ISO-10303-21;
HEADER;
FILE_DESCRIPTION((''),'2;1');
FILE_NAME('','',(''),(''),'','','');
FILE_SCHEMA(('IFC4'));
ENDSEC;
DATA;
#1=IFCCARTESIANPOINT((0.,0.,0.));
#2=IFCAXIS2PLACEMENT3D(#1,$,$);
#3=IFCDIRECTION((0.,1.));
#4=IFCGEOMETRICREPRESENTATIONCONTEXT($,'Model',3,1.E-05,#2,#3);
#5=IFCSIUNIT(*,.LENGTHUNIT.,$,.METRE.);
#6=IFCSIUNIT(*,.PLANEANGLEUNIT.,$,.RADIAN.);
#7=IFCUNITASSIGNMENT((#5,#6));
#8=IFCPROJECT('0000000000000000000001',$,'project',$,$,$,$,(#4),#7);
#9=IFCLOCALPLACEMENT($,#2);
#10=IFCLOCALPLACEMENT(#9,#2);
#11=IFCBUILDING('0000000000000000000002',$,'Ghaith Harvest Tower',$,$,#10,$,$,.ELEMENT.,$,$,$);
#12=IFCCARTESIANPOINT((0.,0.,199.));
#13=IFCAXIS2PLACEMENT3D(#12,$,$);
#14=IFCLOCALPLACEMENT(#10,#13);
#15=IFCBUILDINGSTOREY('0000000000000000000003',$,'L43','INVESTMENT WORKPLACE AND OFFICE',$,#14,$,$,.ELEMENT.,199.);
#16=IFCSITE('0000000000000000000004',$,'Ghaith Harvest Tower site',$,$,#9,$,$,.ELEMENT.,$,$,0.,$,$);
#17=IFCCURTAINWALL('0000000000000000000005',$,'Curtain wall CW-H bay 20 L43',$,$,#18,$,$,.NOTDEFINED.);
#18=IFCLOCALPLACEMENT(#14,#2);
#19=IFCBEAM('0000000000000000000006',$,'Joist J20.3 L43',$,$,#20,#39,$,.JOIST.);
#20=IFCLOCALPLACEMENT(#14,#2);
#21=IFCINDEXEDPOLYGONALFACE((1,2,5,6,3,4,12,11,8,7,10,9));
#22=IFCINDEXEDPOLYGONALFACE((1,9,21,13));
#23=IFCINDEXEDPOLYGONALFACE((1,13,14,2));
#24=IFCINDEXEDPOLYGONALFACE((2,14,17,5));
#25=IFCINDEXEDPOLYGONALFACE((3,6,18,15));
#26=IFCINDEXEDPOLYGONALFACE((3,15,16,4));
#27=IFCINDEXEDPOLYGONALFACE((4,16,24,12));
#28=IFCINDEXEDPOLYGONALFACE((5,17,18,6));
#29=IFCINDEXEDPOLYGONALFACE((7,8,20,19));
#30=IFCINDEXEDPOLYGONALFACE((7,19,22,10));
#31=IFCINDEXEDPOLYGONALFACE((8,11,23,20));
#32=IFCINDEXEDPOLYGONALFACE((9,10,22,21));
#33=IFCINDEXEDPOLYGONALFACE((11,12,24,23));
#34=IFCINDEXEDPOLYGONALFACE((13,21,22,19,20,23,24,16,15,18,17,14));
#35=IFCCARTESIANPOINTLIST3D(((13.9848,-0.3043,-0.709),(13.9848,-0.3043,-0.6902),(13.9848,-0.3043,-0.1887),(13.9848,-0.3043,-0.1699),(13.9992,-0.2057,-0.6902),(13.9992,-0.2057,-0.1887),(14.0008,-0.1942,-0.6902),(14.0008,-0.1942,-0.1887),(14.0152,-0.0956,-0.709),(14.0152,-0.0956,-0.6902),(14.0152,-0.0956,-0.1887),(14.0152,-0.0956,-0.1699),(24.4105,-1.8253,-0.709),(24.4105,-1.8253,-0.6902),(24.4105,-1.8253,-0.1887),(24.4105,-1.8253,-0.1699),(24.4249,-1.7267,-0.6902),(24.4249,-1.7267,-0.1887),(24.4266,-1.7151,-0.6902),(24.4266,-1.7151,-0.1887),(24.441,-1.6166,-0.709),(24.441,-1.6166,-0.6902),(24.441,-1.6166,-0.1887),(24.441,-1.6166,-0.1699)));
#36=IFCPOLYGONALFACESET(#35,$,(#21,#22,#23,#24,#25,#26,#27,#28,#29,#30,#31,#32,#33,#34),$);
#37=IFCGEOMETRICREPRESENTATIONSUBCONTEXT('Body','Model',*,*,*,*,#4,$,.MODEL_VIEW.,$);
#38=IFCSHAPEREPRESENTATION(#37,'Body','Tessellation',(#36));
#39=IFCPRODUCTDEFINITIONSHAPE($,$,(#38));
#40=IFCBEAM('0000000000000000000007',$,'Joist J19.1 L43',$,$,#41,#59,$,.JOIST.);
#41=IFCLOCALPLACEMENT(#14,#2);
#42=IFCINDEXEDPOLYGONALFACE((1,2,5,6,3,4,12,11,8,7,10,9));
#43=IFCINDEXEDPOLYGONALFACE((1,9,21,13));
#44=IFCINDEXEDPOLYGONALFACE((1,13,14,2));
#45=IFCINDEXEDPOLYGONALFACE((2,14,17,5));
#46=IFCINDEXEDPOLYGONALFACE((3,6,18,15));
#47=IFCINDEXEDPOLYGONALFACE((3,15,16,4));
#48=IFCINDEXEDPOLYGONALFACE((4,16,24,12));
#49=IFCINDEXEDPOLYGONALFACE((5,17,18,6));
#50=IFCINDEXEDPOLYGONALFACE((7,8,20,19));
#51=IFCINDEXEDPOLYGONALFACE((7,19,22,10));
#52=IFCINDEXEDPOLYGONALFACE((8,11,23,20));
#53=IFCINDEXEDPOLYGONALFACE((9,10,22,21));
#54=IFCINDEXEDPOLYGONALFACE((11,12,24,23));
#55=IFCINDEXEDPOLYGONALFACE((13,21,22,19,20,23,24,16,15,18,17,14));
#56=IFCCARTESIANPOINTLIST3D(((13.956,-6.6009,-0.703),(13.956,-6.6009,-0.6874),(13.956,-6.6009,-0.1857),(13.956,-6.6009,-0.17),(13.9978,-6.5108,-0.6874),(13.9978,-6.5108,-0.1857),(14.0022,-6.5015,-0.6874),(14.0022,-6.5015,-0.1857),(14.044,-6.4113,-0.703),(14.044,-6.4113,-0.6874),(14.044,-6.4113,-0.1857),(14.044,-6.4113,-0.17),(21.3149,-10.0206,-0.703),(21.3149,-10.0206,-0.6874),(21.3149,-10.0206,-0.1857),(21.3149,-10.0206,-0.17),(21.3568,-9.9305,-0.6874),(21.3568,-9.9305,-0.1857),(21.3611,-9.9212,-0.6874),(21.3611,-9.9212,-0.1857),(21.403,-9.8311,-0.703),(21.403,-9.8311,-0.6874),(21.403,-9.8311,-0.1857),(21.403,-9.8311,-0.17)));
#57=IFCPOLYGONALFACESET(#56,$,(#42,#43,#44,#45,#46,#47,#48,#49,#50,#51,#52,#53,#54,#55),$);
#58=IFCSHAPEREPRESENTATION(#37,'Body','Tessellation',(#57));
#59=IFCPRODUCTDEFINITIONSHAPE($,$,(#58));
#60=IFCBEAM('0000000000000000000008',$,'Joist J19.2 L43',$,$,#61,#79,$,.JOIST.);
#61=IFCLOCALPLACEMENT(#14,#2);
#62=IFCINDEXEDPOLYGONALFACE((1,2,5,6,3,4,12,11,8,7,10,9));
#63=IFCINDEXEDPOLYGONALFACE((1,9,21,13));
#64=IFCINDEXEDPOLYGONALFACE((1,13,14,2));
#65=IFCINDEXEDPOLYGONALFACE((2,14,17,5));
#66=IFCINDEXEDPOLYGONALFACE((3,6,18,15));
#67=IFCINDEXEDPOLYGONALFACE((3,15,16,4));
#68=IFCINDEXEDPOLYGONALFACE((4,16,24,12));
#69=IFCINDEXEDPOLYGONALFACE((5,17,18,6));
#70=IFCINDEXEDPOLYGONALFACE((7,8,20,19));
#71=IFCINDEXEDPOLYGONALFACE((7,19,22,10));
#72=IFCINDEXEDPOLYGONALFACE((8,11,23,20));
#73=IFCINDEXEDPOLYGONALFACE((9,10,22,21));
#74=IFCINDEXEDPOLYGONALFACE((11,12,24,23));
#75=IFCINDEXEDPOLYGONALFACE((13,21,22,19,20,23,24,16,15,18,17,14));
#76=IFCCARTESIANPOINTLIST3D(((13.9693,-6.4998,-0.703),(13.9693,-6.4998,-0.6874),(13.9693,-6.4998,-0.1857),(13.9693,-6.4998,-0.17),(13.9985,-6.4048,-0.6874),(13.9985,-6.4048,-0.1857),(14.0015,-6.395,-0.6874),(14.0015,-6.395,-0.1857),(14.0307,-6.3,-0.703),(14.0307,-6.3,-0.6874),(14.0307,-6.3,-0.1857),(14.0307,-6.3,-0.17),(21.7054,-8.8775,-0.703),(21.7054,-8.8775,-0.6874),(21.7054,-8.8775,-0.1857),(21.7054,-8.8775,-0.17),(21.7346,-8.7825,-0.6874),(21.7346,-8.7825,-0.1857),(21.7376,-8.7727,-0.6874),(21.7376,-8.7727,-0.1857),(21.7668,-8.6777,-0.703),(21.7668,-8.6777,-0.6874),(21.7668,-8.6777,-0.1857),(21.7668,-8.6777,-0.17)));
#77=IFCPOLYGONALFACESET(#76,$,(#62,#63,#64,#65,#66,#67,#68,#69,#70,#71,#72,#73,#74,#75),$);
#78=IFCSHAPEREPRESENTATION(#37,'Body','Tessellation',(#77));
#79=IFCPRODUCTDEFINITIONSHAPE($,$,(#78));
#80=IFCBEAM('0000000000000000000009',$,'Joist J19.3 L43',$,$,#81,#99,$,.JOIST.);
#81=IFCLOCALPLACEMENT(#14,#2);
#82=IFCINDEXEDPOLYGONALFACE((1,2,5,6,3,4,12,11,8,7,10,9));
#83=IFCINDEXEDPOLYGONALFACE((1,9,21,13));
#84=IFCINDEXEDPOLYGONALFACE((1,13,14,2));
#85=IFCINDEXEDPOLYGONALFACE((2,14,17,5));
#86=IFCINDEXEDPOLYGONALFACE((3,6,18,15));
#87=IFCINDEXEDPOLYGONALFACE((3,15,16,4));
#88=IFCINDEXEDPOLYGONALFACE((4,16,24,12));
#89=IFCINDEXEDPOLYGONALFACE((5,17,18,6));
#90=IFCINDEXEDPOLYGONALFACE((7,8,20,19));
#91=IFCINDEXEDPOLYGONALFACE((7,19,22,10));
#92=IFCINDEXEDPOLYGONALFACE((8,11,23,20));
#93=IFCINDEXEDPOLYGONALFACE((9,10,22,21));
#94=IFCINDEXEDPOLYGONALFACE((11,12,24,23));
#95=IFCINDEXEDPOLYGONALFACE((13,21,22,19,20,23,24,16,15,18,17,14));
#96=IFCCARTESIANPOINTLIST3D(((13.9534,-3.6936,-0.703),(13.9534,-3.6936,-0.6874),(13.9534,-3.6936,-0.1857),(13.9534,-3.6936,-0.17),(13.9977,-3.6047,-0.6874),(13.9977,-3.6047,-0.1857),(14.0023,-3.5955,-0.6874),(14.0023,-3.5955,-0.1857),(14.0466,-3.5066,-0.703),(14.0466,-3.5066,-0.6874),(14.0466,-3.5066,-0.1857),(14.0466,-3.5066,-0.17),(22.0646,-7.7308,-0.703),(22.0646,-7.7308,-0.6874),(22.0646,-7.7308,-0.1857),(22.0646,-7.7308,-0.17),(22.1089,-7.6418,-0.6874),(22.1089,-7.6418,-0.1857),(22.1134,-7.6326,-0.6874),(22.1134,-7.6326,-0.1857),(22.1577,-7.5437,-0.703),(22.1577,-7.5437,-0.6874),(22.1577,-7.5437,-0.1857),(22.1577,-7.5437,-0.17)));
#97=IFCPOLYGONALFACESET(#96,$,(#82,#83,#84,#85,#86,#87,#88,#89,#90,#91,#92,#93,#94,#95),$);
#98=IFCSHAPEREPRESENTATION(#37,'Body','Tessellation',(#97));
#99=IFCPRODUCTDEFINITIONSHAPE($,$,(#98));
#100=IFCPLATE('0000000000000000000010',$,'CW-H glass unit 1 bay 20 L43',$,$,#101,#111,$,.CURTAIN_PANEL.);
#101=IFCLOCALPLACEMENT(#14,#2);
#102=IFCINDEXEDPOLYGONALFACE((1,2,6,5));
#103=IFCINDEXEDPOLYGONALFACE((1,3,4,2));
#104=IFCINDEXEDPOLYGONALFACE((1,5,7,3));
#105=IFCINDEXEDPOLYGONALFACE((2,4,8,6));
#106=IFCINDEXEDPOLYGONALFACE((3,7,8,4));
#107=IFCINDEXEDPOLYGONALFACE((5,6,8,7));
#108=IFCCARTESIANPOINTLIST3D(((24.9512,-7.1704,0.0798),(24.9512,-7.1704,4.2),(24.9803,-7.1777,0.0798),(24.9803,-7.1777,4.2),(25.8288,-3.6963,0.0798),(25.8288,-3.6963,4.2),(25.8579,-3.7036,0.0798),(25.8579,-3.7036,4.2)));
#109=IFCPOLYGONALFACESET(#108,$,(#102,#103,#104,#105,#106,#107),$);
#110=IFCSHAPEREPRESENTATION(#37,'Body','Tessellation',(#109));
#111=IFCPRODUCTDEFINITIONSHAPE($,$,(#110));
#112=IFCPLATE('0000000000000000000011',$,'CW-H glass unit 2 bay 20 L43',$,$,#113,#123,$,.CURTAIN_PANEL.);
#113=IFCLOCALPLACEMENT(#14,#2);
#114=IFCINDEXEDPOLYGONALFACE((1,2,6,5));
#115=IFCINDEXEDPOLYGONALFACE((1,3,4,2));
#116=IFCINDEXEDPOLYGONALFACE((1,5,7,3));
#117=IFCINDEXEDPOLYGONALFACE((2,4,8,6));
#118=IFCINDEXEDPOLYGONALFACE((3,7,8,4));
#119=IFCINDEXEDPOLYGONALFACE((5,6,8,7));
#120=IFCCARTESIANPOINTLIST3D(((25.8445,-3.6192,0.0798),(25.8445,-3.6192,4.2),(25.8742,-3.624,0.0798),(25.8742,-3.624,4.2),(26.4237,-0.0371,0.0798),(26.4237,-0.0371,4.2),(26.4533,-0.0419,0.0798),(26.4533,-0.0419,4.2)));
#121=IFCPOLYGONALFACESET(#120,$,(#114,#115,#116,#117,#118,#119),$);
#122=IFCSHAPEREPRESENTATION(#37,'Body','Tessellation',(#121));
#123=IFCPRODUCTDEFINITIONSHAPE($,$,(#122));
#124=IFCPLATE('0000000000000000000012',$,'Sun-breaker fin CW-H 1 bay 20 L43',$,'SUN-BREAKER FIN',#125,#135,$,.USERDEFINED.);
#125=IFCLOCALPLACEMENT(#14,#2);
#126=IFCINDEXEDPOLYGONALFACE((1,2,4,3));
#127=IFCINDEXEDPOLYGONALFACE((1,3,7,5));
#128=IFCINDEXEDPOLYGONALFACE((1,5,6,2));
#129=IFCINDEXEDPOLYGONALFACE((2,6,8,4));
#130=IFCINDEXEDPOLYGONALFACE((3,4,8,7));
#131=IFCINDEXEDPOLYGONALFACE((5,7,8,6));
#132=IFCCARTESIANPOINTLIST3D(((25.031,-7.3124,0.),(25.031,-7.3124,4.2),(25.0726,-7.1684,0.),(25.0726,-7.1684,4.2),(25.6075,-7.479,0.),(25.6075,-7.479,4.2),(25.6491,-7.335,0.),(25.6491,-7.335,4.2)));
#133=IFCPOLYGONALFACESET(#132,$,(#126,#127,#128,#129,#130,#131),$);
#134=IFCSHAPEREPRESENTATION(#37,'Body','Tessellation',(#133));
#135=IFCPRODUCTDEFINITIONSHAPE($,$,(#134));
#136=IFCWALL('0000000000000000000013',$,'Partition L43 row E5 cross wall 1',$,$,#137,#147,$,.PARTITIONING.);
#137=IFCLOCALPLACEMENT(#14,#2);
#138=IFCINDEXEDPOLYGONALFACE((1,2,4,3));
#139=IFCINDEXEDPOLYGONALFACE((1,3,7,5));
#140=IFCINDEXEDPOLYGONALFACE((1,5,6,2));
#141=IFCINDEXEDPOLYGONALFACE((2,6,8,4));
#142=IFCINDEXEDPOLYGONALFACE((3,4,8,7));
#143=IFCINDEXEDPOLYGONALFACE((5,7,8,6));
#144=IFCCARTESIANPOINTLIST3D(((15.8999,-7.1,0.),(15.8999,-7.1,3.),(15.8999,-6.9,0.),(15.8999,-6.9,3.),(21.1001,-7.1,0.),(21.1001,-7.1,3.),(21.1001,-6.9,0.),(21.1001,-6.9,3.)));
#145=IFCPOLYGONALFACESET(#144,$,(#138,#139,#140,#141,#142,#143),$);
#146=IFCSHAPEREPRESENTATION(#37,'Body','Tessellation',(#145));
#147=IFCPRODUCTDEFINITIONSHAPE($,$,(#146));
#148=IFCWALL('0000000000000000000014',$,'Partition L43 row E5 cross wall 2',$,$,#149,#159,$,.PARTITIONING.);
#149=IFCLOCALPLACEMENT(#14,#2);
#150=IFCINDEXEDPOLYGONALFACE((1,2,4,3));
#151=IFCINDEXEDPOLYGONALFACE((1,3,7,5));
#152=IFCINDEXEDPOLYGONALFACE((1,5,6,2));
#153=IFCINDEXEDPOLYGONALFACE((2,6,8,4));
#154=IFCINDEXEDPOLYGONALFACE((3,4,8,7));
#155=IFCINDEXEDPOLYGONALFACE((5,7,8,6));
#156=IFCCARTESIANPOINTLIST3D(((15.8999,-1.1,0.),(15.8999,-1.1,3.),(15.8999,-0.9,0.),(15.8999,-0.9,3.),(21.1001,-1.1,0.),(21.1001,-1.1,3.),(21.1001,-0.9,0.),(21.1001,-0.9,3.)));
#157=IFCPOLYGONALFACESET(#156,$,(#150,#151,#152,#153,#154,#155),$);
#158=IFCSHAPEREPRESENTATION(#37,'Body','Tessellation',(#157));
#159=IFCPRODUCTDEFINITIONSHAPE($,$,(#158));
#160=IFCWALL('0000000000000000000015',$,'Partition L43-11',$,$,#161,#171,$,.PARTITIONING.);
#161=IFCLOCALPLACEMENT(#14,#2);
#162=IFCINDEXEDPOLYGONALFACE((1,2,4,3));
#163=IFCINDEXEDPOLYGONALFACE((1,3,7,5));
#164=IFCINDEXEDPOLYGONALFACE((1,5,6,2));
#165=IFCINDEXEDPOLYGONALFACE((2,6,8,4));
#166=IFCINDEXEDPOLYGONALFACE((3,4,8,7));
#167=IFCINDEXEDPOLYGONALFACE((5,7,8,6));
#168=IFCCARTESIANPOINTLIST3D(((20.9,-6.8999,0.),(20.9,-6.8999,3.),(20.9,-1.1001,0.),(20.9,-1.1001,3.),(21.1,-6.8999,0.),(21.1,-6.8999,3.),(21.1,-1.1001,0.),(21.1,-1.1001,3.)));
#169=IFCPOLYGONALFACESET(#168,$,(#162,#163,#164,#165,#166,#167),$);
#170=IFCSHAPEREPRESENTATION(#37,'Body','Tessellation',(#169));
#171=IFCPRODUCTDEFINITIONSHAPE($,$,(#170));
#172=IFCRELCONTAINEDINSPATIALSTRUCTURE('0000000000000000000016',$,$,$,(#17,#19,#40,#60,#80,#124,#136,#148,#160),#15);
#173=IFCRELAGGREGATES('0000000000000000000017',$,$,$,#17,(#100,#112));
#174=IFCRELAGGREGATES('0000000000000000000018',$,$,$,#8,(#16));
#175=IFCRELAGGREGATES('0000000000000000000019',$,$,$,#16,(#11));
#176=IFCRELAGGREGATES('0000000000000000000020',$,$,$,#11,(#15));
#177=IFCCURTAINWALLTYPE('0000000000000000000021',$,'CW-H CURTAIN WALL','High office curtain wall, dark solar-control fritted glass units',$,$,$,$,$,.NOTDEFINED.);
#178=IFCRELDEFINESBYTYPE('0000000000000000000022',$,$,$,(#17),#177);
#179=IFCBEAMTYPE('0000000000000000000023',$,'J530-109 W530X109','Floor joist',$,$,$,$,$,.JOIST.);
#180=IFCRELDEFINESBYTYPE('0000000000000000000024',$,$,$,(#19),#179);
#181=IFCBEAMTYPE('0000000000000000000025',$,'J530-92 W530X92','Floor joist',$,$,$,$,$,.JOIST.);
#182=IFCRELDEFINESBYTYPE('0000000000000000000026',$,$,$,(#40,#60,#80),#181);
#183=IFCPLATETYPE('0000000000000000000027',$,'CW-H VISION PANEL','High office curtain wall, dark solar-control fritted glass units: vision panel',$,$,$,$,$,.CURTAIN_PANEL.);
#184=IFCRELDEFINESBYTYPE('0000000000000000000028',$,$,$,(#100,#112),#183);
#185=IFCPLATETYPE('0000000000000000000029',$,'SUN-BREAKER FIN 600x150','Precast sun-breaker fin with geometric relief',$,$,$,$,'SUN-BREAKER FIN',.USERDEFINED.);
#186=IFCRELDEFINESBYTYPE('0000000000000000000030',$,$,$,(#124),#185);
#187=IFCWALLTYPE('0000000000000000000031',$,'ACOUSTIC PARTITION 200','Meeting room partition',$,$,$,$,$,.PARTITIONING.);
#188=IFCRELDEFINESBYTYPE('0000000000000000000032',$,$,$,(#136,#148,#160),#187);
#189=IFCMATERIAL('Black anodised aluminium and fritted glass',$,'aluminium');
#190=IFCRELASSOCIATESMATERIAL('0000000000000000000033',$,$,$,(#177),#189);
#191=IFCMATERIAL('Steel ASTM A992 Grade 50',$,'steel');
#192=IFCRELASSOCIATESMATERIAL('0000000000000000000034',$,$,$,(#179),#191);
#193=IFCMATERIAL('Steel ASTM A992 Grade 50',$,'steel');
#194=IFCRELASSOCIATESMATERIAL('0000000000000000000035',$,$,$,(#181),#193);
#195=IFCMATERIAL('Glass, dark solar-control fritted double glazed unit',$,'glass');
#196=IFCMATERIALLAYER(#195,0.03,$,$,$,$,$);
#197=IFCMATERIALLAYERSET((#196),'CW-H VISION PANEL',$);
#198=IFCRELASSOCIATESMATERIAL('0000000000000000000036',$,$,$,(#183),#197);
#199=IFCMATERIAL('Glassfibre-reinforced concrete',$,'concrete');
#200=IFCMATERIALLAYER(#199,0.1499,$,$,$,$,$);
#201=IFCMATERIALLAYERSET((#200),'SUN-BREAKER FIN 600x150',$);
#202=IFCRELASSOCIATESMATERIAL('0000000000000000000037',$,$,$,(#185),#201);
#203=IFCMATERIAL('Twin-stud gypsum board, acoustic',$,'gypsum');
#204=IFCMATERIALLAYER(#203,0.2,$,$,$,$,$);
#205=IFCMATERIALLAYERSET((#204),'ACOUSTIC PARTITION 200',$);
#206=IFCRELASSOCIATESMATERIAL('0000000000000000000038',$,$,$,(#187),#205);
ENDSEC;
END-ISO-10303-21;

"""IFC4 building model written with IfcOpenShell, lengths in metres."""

from ifc_helpers import new_model, si_unit, direction, frame, frame_2d, origin, origin_2d, place, context, subcontext, project, spatial, rectangle, i_section, extrude, material, layer, layer_set, material_profile, profile_set, type_object, element, aggregate, save


model = new_model("IFC4")

# Units and contexts
model_context = context("Model", 3, precision=1e-05, world=origin(), true_north=direction((0.0, 1.0)))
body_context = subcontext(model_context, "Body", "Model", "MODEL_VIEW")
ifc_project = project(units=[si_unit("LENGTHUNIT", "METRE"), si_unit("PLANEANGLEUNIT", "RADIAN")], contexts=[model_context])

# Site, building, storey
site_placement = place(None, origin())
site = spatial("IfcSite", under=ifc_project, at=site_placement, Name="Ghaith Harvest Tower site", CompositionType="ELEMENT", RefElevation=0.0)
building_placement = place(site_placement, origin())
building = spatial("IfcBuilding", under=site, at=building_placement, Name="Ghaith Harvest Tower", CompositionType="ELEMENT")
storey_placement = place(building_placement, frame((0.0, 0.0, 199.0)))
storey = spatial("IfcBuildingStorey", under=building, at=storey_placement, Name="L43", Description="INVESTMENT WORKPLACE AND OFFICE", CompositionType="ELEMENT", Elevation=199.0)

# Curtain wall
ifc_material_1 = material(Name="Black anodised aluminium and fritted glass", Category="aluminium")
curtain_wall_type = type_object("IfcCurtainWallType", Name="CW-H CURTAIN WALL", Description="High office curtain wall, dark solar-control fritted glass units", PredefinedType="NOTDEFINED", material=ifc_material_1)
curtain_wall_placement = place(storey_placement, origin())
curtain_wall = element("IfcCurtainWall", 1, at=curtain_wall_placement, inside=storey, type_object=curtain_wall_type, Name="Curtain wall CW-H bay 20 L43", PredefinedType="NOTDEFINED")

# Beams
ifc_material_2 = material(Name="Steel ASTM A992 Grade 50", Category="steel")
ifc_material_profile_1 = material_profile(ifc_material_2, i_section(OverallWidth=0.2109, OverallDepth=0.5391, WebThickness=0.0117, FlangeThickness=0.0188, at=origin_2d()), Name="W530X109")
ifc_profile_set_1 = profile_set([ifc_material_profile_1], Name="Steel ASTM A992 Grade 50")
beam_type_1 = type_object("IfcBeamType", Name="J530-109 W530X109", Description="Floor joist", PredefinedType="JOIST", material=ifc_profile_set_1)
beam_1_placement = place(storey_placement, frame((14.0, -0.2, -0.4395), z_axis=(0.989525, -0.14436, 0.0), x_axis=(0.14436, 0.989525, 0.0)))
element("IfcBeam", 2, at=beam_1_placement, inside=storey, type_object=beam_type_1, Name="Joist J20.3 L43", PredefinedType="JOIST", context=body_context, shape_type="SweptSolid", body=[
    extrude(i_section(OverallWidth=0.2109, OverallDepth=0.5391, WebThickness=0.0117, FlangeThickness=0.0188, at=origin_2d()), origin(), (0.0, 0.0, 1.0), 10.5361),
])
ifc_material_3 = material(Name="Steel ASTM A992 Grade 50", Category="steel")
ifc_material_profile_2 = material_profile(ifc_material_3, i_section(OverallWidth=0.209, OverallDepth=0.533, WebThickness=0.0103, FlangeThickness=0.0156, at=origin_2d()), Name="W530X92")
ifc_profile_set_2 = profile_set([ifc_material_profile_2], Name="Steel ASTM A992 Grade 50")
beam_type_2 = type_object("IfcBeamType", Name="J530-92 W530X92", Description="Floor joist", PredefinedType="JOIST", material=ifc_profile_set_2)
beam_2_placement = place(storey_placement, frame((14.0, -6.5061, -0.4365), z_axis=(0.906865, -0.421421, 0.0), x_axis=(0.421421, 0.906865, 0.0)))
element("IfcBeam", 3, at=beam_2_placement, inside=storey, type_object=beam_type_2, Name="Joist J19.1 L43", PredefinedType="JOIST", context=body_context, shape_type="SweptSolid", body=[
    extrude(i_section(OverallWidth=0.209, OverallDepth=0.533, WebThickness=0.0103, FlangeThickness=0.0156, at=origin_2d()), origin(), (0.0, 0.0, 1.0), 8.1147),
])
beam_3_placement = place(storey_placement, frame((14.0, -6.3999, -0.4365), z_axis=(0.955871, -0.293787, 0.0), x_axis=(0.293787, 0.955871, 0.0)))
element("IfcBeam", 4, at=beam_3_placement, inside=storey, type_object=beam_type_2, Name="Joist J19.2 L43", PredefinedType="JOIST", context=body_context, shape_type="SweptSolid", body=[
    extrude(i_section(OverallWidth=0.209, OverallDepth=0.533, WebThickness=0.0103, FlangeThickness=0.0156, at=origin_2d()), origin(), (0.0, 0.0, 1.0), 8.0933),
])
beam_4_placement = place(storey_placement, frame((14.0, -3.6001, -0.4365), z_axis=(0.895239, -0.445585, 0.0), x_axis=(0.445585, 0.895239, 0.0)))
element("IfcBeam", 5, at=beam_4_placement, inside=storey, type_object=beam_type_2, Name="Joist J19.3 L43", PredefinedType="JOIST", context=body_context, shape_type="SweptSolid", body=[
    extrude(i_section(OverallWidth=0.209, OverallDepth=0.533, WebThickness=0.0103, FlangeThickness=0.0156, at=origin_2d()), origin(), (0.0, 0.0, 1.0), 9.0603),
])

# Plates
ifc_material_4 = material(Name="Glass, dark solar-control fritted double glazed unit", Category="glass")
ifc_layer_1 = layer(ifc_material_4, 0.03)
ifc_layer_set_1 = layer_set([ifc_layer_1], Name="CW-H VISION PANEL")
plate_type_1 = type_object("IfcPlateType", Name="CW-H VISION PANEL", Description="High office curtain wall, dark solar-control fritted glass units: vision panel", PredefinedType="CURTAIN_PANEL", material=ifc_layer_set_1)
plate_1_placement = place(storey_placement, frame((25.4045, -5.437, 0.0798), z_axis=(0.0, 0.0, 1.0), x_axis=(0.244926, 0.969542, 0.0)))
plate_1 = element("IfcPlate", 6, at=plate_1_placement, type_object=plate_type_1, Name="CW-H glass unit 1 bay 20 L43", PredefinedType="CURTAIN_PANEL", context=body_context, shape_type="SweptSolid", body=[
    extrude(rectangle(XDim=3.5833, YDim=0.03, at=origin_2d()), origin(), (0.0, 0.0, 1.0), 4.1201),
])
plate_2_placement = place(storey_placement, frame((26.1489, -1.8306, 0.0798), z_axis=(0.0, 0.0, 1.0), x_axis=(0.159601, 0.987182, 0.0)))
plate_2 = element("IfcPlate", 7, at=plate_2_placement, type_object=plate_type_1, Name="CW-H glass unit 2 bay 20 L43", PredefinedType="CURTAIN_PANEL", context=body_context, shape_type="SweptSolid", body=[
    extrude(rectangle(XDim=3.6287, YDim=0.03, at=origin_2d()), origin(), (0.0, 0.0, 1.0), 4.1201),
])
aggregate(curtain_wall, [plate_1, plate_2])
ifc_material_5 = material(Name="Glassfibre-reinforced concrete", Category="concrete")
ifc_layer_2 = layer(ifc_material_5, 0.1499)
ifc_layer_set_2 = layer_set([ifc_layer_2], Name="SUN-BREAKER FIN 600x150")
plate_type_2 = type_object("IfcPlateType", Name="SUN-BREAKER FIN 600x150", Description="Precast sun-breaker fin with geometric relief", ElementType="SUN-BREAKER FIN", PredefinedType="USERDEFINED", material=ifc_layer_set_2)
plate_3_placement = place(storey_placement, frame((25.3401, -7.3237, 0.0), z_axis=(0.0, 0.0, 1.0), x_axis=(0.96068, -0.277657, 0.0)))
element("IfcPlate", 8, at=plate_3_placement, inside=storey, type_object=plate_type_2, Name="Sun-breaker fin CW-H 1 bay 20 L43", ObjectType="SUN-BREAKER FIN", PredefinedType="USERDEFINED", context=body_context, shape_type="SweptSolid", body=[
    extrude(rectangle(XDim=0.6001, YDim=0.1499, at=origin_2d()), origin(), (0.0, 0.0, 1.0), 4.2),
])

# Walls
ifc_material_6 = material(Name="Twin-stud gypsum board, acoustic", Category="gypsum")
ifc_layer_3 = layer(ifc_material_6, 0.2)
ifc_layer_set_3 = layer_set([ifc_layer_3], Name="ACOUSTIC PARTITION 200")
wall_type_1 = type_object("IfcWallType", Name="ACOUSTIC PARTITION 200", Description="Meeting room partition", PredefinedType="PARTITIONING", material=ifc_layer_set_3)
for number, where, z_axis, x_axis, name in (
    (9, (15.8999, -7.0, 0.0), (0.0, 0.0, 1.0), (1.0, 0.0, 0.0), "Partition L43 row E5 cross wall 1"),
    (10, (15.8999, -1.0, 0.0), (0.0, 0.0, 1.0), (1.0, 0.0, 0.0), "Partition L43 row E5 cross wall 2"),
):
    element("IfcWall", number, at=place(storey_placement, frame(where, z_axis=z_axis, x_axis=x_axis)), inside=storey, type_object=wall_type_1, Name=name, PredefinedType="PARTITIONING", context=body_context, shape_type="SweptSolid", body=[
        extrude(rectangle(XDim=5.2002, YDim=0.2, at=frame_2d((2.6001, 0.0))), origin(), (0.0, 0.0, 1.0), 3.0),
    ])

# Wall
wall_1_placement = place(storey_placement, frame((21.0, -6.8999, 0.0), z_axis=(0.0, 0.0, 1.0), x_axis=(0.0, 1.0, 0.0)))
element("IfcWall", 11, at=wall_1_placement, inside=storey, type_object=wall_type_1, Name="Partition L43-11", PredefinedType="PARTITIONING", context=body_context, shape_type="SweptSolid", body=[
    extrude(rectangle(XDim=5.7998, YDim=0.2, at=frame_2d((2.8999, 0.0))), origin(), (0.0, 0.0, 1.0), 3.0),
])

save(model, "model.ifc")
